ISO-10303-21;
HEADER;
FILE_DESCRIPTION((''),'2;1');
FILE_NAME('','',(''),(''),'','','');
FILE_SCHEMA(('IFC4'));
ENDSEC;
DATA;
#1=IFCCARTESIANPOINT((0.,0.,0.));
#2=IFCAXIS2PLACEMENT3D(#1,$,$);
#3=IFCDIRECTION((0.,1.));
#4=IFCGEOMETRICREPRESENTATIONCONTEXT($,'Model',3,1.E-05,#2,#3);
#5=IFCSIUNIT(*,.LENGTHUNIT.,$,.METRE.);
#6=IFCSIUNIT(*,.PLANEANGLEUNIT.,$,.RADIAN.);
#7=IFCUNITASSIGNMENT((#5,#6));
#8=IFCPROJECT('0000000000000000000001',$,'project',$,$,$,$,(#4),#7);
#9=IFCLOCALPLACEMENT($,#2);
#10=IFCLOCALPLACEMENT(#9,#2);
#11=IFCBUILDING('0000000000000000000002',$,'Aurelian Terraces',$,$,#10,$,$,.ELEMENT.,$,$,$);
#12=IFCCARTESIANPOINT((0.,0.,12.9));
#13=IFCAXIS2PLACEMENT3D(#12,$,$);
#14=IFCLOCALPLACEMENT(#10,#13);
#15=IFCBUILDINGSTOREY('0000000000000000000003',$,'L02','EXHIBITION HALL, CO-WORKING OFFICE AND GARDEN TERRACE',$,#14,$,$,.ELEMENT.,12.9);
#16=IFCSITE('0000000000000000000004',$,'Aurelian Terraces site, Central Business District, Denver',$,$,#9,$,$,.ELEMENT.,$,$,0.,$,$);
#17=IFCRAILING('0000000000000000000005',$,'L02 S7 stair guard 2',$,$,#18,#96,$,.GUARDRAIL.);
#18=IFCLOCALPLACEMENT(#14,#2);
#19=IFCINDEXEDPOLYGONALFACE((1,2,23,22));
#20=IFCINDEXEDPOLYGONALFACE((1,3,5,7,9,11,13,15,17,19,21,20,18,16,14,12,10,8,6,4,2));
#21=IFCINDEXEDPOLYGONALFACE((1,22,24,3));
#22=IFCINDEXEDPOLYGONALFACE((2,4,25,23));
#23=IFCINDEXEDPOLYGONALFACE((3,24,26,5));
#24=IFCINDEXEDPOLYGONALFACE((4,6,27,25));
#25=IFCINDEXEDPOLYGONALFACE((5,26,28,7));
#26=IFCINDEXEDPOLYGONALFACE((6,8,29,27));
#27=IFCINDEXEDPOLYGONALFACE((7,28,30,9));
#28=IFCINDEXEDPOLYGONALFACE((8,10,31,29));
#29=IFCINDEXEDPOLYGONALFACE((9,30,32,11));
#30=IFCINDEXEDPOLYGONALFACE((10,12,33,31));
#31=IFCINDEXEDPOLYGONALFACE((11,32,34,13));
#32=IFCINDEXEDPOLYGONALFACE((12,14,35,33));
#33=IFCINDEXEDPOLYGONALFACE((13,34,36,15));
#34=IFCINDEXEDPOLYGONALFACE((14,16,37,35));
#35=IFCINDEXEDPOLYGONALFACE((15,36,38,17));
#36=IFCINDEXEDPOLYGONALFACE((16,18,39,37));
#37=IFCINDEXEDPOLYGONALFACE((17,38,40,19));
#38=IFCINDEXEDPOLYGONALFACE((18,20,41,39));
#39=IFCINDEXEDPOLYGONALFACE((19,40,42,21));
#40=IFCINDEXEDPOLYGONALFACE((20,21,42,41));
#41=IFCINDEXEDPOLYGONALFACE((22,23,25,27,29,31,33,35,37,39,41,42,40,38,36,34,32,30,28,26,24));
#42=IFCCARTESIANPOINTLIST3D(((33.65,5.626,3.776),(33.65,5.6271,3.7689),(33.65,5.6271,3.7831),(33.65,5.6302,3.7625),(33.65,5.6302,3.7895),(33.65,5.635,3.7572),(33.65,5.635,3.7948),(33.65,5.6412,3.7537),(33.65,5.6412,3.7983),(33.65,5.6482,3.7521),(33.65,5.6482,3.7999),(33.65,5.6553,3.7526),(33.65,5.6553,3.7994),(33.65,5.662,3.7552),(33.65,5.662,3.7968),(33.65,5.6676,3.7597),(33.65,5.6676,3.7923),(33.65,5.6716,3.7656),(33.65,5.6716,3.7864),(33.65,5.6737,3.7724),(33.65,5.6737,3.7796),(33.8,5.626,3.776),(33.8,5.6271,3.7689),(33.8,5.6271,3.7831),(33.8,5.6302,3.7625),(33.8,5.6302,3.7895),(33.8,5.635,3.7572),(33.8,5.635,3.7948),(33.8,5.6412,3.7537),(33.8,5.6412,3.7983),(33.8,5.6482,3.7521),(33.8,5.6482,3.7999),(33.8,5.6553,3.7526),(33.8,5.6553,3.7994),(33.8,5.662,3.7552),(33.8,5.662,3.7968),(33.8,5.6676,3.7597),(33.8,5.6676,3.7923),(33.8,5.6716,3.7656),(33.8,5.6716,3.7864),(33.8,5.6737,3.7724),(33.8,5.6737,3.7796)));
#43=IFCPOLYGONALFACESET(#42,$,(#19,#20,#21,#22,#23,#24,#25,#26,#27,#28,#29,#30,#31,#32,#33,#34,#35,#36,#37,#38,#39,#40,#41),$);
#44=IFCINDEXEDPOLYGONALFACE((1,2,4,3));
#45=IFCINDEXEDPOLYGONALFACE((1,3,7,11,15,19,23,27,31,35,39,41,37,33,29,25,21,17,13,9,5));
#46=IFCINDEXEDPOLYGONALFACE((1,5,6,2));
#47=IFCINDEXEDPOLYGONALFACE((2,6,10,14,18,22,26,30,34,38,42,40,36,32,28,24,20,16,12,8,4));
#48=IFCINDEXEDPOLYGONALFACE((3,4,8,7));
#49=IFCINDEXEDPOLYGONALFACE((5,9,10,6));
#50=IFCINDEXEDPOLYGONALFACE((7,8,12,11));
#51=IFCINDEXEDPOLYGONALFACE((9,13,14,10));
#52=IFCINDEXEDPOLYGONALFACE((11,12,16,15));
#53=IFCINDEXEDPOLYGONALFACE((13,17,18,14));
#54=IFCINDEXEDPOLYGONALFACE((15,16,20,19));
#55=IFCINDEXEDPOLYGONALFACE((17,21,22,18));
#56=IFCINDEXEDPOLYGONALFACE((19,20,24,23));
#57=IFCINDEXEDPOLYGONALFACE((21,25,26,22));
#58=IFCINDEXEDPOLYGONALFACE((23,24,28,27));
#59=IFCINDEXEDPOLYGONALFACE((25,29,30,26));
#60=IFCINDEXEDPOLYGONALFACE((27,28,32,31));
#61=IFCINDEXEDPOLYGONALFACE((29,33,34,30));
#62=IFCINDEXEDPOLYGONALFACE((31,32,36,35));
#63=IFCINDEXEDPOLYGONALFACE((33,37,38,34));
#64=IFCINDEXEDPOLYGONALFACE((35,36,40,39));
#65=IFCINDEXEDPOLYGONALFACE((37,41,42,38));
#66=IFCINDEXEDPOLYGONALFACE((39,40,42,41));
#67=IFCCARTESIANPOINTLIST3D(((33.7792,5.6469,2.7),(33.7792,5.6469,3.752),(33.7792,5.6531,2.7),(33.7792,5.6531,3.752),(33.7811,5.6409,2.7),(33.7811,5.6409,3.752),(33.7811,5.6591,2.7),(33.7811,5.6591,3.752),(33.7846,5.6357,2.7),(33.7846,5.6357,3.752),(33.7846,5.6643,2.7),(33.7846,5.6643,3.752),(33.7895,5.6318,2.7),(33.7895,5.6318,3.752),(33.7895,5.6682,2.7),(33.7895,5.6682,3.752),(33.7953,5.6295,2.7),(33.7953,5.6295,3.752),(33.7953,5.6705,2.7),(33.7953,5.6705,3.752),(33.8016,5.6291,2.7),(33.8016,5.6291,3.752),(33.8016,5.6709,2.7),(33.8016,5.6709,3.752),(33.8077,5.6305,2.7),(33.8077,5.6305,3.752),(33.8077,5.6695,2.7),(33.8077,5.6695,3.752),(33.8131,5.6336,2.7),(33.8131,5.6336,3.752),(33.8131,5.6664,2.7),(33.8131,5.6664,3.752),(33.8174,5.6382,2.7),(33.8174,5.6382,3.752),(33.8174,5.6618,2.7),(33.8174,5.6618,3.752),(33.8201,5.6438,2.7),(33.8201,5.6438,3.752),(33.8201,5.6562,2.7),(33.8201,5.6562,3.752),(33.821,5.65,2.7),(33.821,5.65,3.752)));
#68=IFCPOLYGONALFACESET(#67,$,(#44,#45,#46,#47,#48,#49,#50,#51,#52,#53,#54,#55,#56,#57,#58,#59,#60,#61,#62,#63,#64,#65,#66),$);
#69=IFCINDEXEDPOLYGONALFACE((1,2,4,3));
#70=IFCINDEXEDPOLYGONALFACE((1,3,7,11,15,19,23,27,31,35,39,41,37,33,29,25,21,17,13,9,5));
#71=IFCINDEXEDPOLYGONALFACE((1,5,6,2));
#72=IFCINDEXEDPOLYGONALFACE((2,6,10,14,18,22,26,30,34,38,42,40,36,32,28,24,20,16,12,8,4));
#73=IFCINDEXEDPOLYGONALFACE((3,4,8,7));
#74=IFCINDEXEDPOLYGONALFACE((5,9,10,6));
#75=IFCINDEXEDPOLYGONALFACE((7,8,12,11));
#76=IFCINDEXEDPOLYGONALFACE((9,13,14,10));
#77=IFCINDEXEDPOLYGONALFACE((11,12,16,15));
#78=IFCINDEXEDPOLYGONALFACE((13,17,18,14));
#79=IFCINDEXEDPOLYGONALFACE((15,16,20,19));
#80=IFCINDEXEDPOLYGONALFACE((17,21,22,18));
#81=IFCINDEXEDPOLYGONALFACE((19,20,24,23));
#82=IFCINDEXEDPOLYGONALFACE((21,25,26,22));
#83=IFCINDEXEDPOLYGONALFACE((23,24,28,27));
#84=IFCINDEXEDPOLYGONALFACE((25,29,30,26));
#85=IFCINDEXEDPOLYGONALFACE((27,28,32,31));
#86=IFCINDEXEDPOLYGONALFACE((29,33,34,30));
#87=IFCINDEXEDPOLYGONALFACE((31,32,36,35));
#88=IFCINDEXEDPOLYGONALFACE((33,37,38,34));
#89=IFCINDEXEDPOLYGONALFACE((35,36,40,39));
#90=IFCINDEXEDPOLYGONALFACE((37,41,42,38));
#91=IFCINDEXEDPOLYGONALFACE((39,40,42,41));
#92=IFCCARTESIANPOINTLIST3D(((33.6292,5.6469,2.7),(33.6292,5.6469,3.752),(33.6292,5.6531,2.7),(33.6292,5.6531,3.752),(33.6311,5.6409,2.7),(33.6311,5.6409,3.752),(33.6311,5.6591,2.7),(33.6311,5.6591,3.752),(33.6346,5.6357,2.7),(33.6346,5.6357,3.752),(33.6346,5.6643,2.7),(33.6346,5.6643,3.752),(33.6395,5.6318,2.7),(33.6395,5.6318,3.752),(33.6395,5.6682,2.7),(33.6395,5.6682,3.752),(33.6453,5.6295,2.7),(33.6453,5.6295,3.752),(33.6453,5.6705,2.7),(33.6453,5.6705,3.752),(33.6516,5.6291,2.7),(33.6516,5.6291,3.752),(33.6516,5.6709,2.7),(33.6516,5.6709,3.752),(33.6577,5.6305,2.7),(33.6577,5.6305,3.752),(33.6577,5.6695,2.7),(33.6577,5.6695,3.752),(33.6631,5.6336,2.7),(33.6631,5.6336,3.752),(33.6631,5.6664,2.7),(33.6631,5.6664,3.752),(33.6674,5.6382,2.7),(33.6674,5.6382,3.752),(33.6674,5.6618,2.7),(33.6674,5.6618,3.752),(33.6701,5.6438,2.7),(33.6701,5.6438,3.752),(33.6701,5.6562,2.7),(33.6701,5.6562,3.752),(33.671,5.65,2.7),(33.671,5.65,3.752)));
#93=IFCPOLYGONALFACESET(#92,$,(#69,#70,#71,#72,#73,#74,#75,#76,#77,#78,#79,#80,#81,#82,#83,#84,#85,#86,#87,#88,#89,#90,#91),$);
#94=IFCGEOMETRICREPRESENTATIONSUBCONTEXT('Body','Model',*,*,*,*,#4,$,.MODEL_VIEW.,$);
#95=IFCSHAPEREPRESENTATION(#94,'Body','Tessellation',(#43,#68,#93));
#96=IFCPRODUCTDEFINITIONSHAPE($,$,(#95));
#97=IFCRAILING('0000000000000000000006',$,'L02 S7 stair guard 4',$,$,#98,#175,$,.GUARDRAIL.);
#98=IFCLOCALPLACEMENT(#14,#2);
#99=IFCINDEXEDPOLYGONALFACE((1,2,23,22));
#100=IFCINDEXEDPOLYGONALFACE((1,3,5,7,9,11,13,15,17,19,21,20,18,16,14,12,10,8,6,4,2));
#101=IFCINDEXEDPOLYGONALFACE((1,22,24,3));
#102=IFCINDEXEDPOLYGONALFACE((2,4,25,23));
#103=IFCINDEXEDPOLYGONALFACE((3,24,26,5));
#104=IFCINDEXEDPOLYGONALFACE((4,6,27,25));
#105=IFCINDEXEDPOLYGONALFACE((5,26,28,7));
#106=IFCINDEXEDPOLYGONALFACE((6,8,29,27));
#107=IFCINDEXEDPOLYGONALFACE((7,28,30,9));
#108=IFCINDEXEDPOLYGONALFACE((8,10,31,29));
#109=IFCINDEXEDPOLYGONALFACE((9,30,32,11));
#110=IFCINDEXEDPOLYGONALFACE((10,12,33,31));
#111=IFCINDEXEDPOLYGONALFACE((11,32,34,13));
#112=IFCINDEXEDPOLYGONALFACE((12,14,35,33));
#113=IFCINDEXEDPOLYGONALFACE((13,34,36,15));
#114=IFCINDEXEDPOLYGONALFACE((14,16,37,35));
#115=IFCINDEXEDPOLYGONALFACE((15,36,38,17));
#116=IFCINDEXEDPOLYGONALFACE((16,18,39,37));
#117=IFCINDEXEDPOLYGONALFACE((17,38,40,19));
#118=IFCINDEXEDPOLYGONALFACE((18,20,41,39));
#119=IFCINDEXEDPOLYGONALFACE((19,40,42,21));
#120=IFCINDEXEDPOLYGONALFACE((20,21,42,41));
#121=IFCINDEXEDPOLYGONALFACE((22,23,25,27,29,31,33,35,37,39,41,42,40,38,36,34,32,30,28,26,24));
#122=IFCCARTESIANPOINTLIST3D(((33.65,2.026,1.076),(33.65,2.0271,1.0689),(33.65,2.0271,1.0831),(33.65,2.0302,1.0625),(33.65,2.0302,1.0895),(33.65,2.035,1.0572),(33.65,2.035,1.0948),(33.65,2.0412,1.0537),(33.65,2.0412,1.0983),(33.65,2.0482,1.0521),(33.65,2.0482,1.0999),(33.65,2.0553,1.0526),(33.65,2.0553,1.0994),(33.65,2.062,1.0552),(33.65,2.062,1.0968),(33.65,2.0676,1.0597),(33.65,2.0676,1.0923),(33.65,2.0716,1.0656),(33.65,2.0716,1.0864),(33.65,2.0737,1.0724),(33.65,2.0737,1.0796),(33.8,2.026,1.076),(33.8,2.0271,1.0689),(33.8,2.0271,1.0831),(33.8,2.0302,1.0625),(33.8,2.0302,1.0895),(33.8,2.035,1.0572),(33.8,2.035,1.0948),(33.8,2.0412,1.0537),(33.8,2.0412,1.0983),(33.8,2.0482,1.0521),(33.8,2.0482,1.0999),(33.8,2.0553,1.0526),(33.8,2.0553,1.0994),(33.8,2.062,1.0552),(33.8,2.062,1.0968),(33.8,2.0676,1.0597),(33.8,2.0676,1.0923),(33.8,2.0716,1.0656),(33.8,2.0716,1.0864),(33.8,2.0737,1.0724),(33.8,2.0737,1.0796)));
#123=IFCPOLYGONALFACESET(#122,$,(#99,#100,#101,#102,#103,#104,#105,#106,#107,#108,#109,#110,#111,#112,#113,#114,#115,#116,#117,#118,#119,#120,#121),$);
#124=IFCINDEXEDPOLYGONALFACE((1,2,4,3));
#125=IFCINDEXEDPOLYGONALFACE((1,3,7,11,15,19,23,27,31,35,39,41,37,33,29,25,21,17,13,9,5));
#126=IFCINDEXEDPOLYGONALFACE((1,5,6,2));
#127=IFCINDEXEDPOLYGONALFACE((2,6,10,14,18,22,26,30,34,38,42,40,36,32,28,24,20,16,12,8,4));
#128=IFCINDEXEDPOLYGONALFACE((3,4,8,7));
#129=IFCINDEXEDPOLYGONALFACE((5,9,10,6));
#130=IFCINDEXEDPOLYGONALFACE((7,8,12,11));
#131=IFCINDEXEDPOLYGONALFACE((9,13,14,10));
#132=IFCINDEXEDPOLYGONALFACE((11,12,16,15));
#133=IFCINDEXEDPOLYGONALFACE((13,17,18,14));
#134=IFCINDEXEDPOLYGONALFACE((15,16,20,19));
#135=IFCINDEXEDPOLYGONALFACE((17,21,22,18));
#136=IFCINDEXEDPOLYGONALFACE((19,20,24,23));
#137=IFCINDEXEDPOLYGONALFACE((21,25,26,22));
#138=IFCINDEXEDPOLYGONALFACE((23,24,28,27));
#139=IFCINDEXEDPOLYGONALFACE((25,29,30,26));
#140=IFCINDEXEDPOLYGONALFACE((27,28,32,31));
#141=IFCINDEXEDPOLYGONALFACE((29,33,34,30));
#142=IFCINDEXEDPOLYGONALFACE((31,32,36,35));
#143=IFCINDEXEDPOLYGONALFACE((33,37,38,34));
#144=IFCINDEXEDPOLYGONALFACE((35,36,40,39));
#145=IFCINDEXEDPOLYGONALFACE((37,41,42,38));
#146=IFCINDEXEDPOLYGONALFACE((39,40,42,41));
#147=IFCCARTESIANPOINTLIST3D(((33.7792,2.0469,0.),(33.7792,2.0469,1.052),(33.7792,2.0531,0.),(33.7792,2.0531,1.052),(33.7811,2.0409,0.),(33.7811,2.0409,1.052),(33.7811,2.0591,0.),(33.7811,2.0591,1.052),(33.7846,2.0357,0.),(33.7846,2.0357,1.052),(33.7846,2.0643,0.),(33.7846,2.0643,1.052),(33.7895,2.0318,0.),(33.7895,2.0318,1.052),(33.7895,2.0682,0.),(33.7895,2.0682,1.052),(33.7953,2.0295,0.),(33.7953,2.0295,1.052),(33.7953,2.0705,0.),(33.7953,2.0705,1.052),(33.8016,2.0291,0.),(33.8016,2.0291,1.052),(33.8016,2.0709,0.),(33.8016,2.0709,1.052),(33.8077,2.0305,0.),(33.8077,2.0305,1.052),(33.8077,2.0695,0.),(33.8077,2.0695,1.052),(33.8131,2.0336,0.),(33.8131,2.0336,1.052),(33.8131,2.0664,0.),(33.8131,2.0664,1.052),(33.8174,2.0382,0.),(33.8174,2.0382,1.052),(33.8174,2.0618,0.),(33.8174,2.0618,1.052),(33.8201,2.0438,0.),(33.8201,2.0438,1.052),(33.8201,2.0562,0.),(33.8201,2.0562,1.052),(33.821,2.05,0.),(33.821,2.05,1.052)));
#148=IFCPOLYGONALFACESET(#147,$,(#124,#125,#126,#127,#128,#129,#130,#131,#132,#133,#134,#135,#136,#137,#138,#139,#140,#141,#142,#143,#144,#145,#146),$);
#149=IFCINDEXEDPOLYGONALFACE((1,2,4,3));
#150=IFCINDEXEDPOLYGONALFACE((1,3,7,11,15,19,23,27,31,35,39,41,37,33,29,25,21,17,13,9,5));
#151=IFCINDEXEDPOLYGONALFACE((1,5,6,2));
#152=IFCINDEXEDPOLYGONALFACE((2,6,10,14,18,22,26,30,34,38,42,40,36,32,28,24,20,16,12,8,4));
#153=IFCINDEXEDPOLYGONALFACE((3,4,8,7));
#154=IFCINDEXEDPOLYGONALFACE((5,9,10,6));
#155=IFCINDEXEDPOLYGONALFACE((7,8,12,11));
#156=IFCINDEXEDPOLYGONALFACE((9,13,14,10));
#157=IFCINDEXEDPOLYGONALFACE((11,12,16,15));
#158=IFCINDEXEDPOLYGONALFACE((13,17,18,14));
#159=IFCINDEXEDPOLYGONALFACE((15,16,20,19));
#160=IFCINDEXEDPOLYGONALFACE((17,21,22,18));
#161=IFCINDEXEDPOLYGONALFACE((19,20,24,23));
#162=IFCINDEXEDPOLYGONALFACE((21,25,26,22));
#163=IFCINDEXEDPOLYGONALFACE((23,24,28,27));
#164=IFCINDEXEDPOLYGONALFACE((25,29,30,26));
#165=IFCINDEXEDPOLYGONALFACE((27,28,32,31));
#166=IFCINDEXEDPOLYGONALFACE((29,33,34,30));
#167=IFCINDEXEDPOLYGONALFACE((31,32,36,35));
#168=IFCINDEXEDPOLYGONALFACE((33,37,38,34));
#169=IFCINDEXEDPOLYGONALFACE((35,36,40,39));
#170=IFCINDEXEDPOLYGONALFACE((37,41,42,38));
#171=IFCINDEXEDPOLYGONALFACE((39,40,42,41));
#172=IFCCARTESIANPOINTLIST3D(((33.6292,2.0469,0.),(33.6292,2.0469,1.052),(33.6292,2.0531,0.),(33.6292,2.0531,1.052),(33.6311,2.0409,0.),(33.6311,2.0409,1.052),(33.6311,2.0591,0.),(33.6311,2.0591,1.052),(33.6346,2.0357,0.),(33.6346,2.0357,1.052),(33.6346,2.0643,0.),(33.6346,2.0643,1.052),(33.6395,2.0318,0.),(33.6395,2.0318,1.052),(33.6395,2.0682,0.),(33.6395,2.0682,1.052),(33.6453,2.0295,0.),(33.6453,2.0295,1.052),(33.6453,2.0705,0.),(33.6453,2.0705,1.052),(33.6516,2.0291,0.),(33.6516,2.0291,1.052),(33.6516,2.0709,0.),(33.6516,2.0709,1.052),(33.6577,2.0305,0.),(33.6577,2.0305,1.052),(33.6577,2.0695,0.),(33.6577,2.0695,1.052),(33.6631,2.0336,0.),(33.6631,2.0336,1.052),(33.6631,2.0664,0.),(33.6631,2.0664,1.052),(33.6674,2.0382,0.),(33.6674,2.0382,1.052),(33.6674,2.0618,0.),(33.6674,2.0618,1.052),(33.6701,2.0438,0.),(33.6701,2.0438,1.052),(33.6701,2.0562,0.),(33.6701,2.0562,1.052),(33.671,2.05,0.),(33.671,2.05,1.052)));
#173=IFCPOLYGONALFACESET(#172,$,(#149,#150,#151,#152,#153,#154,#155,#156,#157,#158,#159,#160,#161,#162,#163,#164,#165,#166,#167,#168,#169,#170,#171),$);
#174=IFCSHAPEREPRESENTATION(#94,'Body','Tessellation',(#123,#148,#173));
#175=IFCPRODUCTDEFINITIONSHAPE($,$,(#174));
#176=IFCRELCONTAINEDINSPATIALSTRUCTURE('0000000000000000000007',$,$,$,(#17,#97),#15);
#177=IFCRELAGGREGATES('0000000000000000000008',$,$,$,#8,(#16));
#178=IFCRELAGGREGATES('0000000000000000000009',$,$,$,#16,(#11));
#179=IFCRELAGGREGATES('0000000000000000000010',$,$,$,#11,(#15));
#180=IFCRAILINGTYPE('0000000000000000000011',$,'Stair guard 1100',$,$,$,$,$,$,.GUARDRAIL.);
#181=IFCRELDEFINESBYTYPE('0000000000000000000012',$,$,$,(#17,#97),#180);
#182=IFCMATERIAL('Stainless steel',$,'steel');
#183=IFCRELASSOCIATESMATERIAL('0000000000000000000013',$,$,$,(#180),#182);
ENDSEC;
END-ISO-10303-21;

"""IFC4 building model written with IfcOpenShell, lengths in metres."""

from ifc_helpers import new_model, si_unit, direction, frame, origin, origin_2d, place, context, subcontext, project, spatial, circle, extrude, source, transform, mapped, material, type_object, element, save


model = new_model("IFC4")

# Units and contexts
model_context = context("Model", 3, precision=1e-05, world=origin(), true_north=direction((0.0, 1.0)))
body_context = subcontext(model_context, "Body", "Model", "MODEL_VIEW")
ifc_project = project(units=[si_unit("LENGTHUNIT", "METRE"), si_unit("PLANEANGLEUNIT", "RADIAN")], contexts=[model_context])

# Site, building, storey
site_placement = place(None, origin())
site = spatial("IfcSite", under=ifc_project, at=site_placement, Name="Aurelian Terraces site, Central Business District, Denver", CompositionType="ELEMENT", RefElevation=0.0)
building_placement = place(site_placement, origin())
building = spatial("IfcBuilding", under=site, at=building_placement, Name="Aurelian Terraces", CompositionType="ELEMENT")
storey_placement = place(building_placement, frame((0.0, 0.0, 12.9)))
storey = spatial("IfcBuildingStorey", under=building, at=storey_placement, Name="L02", Description="EXHIBITION HALL, CO-WORKING OFFICE AND GARDEN TERRACE", CompositionType="ELEMENT", Elevation=12.9)

# Railings
ifc_material_1 = material(Name="Stainless steel", Category="steel")
railing_type_1 = type_object("IfcRailingType", Name="Stair guard 1100", PredefinedType="GUARDRAIL", material=ifc_material_1)
shared_shape_1 = source(origin(), body_context, "Body", "SweptSolid", [
    extrude(circle(Radius=0.024, at=origin_2d()), frame((0.0, 0.0, 1.076), z_axis=(-1.0, 0.0, 0.0), x_axis=(0.0, -1.0, 0.0)), (0.0, 0.0, 1.0), 0.15),
    extrude(circle(Radius=0.021, at=origin_2d()), origin(), (0.0, 0.0, 1.0), 1.052),
    extrude(circle(Radius=0.021, at=origin_2d()), frame((-0.15, 0.0, 0.0)), (0.0, 0.0, 1.0), 1.052),
])
for number, where, name in (
    (1, (33.8, 5.65, 2.7), "L02 S7 stair guard 2"),
    (2, (33.8, 2.05, 0.0), "L02 S7 stair guard 4"),
):
    element("IfcRailing", number, at=place(storey_placement, frame(where)), inside=storey, type_object=railing_type_1, Name=name, PredefinedType="GUARDRAIL", context=body_context, shape_type="MappedRepresentation", body=[
        mapped(shared_shape_1, transform((0.0, 0.0, 0.0), scale=1.0)),
    ])

save(model, "model.ifc")
